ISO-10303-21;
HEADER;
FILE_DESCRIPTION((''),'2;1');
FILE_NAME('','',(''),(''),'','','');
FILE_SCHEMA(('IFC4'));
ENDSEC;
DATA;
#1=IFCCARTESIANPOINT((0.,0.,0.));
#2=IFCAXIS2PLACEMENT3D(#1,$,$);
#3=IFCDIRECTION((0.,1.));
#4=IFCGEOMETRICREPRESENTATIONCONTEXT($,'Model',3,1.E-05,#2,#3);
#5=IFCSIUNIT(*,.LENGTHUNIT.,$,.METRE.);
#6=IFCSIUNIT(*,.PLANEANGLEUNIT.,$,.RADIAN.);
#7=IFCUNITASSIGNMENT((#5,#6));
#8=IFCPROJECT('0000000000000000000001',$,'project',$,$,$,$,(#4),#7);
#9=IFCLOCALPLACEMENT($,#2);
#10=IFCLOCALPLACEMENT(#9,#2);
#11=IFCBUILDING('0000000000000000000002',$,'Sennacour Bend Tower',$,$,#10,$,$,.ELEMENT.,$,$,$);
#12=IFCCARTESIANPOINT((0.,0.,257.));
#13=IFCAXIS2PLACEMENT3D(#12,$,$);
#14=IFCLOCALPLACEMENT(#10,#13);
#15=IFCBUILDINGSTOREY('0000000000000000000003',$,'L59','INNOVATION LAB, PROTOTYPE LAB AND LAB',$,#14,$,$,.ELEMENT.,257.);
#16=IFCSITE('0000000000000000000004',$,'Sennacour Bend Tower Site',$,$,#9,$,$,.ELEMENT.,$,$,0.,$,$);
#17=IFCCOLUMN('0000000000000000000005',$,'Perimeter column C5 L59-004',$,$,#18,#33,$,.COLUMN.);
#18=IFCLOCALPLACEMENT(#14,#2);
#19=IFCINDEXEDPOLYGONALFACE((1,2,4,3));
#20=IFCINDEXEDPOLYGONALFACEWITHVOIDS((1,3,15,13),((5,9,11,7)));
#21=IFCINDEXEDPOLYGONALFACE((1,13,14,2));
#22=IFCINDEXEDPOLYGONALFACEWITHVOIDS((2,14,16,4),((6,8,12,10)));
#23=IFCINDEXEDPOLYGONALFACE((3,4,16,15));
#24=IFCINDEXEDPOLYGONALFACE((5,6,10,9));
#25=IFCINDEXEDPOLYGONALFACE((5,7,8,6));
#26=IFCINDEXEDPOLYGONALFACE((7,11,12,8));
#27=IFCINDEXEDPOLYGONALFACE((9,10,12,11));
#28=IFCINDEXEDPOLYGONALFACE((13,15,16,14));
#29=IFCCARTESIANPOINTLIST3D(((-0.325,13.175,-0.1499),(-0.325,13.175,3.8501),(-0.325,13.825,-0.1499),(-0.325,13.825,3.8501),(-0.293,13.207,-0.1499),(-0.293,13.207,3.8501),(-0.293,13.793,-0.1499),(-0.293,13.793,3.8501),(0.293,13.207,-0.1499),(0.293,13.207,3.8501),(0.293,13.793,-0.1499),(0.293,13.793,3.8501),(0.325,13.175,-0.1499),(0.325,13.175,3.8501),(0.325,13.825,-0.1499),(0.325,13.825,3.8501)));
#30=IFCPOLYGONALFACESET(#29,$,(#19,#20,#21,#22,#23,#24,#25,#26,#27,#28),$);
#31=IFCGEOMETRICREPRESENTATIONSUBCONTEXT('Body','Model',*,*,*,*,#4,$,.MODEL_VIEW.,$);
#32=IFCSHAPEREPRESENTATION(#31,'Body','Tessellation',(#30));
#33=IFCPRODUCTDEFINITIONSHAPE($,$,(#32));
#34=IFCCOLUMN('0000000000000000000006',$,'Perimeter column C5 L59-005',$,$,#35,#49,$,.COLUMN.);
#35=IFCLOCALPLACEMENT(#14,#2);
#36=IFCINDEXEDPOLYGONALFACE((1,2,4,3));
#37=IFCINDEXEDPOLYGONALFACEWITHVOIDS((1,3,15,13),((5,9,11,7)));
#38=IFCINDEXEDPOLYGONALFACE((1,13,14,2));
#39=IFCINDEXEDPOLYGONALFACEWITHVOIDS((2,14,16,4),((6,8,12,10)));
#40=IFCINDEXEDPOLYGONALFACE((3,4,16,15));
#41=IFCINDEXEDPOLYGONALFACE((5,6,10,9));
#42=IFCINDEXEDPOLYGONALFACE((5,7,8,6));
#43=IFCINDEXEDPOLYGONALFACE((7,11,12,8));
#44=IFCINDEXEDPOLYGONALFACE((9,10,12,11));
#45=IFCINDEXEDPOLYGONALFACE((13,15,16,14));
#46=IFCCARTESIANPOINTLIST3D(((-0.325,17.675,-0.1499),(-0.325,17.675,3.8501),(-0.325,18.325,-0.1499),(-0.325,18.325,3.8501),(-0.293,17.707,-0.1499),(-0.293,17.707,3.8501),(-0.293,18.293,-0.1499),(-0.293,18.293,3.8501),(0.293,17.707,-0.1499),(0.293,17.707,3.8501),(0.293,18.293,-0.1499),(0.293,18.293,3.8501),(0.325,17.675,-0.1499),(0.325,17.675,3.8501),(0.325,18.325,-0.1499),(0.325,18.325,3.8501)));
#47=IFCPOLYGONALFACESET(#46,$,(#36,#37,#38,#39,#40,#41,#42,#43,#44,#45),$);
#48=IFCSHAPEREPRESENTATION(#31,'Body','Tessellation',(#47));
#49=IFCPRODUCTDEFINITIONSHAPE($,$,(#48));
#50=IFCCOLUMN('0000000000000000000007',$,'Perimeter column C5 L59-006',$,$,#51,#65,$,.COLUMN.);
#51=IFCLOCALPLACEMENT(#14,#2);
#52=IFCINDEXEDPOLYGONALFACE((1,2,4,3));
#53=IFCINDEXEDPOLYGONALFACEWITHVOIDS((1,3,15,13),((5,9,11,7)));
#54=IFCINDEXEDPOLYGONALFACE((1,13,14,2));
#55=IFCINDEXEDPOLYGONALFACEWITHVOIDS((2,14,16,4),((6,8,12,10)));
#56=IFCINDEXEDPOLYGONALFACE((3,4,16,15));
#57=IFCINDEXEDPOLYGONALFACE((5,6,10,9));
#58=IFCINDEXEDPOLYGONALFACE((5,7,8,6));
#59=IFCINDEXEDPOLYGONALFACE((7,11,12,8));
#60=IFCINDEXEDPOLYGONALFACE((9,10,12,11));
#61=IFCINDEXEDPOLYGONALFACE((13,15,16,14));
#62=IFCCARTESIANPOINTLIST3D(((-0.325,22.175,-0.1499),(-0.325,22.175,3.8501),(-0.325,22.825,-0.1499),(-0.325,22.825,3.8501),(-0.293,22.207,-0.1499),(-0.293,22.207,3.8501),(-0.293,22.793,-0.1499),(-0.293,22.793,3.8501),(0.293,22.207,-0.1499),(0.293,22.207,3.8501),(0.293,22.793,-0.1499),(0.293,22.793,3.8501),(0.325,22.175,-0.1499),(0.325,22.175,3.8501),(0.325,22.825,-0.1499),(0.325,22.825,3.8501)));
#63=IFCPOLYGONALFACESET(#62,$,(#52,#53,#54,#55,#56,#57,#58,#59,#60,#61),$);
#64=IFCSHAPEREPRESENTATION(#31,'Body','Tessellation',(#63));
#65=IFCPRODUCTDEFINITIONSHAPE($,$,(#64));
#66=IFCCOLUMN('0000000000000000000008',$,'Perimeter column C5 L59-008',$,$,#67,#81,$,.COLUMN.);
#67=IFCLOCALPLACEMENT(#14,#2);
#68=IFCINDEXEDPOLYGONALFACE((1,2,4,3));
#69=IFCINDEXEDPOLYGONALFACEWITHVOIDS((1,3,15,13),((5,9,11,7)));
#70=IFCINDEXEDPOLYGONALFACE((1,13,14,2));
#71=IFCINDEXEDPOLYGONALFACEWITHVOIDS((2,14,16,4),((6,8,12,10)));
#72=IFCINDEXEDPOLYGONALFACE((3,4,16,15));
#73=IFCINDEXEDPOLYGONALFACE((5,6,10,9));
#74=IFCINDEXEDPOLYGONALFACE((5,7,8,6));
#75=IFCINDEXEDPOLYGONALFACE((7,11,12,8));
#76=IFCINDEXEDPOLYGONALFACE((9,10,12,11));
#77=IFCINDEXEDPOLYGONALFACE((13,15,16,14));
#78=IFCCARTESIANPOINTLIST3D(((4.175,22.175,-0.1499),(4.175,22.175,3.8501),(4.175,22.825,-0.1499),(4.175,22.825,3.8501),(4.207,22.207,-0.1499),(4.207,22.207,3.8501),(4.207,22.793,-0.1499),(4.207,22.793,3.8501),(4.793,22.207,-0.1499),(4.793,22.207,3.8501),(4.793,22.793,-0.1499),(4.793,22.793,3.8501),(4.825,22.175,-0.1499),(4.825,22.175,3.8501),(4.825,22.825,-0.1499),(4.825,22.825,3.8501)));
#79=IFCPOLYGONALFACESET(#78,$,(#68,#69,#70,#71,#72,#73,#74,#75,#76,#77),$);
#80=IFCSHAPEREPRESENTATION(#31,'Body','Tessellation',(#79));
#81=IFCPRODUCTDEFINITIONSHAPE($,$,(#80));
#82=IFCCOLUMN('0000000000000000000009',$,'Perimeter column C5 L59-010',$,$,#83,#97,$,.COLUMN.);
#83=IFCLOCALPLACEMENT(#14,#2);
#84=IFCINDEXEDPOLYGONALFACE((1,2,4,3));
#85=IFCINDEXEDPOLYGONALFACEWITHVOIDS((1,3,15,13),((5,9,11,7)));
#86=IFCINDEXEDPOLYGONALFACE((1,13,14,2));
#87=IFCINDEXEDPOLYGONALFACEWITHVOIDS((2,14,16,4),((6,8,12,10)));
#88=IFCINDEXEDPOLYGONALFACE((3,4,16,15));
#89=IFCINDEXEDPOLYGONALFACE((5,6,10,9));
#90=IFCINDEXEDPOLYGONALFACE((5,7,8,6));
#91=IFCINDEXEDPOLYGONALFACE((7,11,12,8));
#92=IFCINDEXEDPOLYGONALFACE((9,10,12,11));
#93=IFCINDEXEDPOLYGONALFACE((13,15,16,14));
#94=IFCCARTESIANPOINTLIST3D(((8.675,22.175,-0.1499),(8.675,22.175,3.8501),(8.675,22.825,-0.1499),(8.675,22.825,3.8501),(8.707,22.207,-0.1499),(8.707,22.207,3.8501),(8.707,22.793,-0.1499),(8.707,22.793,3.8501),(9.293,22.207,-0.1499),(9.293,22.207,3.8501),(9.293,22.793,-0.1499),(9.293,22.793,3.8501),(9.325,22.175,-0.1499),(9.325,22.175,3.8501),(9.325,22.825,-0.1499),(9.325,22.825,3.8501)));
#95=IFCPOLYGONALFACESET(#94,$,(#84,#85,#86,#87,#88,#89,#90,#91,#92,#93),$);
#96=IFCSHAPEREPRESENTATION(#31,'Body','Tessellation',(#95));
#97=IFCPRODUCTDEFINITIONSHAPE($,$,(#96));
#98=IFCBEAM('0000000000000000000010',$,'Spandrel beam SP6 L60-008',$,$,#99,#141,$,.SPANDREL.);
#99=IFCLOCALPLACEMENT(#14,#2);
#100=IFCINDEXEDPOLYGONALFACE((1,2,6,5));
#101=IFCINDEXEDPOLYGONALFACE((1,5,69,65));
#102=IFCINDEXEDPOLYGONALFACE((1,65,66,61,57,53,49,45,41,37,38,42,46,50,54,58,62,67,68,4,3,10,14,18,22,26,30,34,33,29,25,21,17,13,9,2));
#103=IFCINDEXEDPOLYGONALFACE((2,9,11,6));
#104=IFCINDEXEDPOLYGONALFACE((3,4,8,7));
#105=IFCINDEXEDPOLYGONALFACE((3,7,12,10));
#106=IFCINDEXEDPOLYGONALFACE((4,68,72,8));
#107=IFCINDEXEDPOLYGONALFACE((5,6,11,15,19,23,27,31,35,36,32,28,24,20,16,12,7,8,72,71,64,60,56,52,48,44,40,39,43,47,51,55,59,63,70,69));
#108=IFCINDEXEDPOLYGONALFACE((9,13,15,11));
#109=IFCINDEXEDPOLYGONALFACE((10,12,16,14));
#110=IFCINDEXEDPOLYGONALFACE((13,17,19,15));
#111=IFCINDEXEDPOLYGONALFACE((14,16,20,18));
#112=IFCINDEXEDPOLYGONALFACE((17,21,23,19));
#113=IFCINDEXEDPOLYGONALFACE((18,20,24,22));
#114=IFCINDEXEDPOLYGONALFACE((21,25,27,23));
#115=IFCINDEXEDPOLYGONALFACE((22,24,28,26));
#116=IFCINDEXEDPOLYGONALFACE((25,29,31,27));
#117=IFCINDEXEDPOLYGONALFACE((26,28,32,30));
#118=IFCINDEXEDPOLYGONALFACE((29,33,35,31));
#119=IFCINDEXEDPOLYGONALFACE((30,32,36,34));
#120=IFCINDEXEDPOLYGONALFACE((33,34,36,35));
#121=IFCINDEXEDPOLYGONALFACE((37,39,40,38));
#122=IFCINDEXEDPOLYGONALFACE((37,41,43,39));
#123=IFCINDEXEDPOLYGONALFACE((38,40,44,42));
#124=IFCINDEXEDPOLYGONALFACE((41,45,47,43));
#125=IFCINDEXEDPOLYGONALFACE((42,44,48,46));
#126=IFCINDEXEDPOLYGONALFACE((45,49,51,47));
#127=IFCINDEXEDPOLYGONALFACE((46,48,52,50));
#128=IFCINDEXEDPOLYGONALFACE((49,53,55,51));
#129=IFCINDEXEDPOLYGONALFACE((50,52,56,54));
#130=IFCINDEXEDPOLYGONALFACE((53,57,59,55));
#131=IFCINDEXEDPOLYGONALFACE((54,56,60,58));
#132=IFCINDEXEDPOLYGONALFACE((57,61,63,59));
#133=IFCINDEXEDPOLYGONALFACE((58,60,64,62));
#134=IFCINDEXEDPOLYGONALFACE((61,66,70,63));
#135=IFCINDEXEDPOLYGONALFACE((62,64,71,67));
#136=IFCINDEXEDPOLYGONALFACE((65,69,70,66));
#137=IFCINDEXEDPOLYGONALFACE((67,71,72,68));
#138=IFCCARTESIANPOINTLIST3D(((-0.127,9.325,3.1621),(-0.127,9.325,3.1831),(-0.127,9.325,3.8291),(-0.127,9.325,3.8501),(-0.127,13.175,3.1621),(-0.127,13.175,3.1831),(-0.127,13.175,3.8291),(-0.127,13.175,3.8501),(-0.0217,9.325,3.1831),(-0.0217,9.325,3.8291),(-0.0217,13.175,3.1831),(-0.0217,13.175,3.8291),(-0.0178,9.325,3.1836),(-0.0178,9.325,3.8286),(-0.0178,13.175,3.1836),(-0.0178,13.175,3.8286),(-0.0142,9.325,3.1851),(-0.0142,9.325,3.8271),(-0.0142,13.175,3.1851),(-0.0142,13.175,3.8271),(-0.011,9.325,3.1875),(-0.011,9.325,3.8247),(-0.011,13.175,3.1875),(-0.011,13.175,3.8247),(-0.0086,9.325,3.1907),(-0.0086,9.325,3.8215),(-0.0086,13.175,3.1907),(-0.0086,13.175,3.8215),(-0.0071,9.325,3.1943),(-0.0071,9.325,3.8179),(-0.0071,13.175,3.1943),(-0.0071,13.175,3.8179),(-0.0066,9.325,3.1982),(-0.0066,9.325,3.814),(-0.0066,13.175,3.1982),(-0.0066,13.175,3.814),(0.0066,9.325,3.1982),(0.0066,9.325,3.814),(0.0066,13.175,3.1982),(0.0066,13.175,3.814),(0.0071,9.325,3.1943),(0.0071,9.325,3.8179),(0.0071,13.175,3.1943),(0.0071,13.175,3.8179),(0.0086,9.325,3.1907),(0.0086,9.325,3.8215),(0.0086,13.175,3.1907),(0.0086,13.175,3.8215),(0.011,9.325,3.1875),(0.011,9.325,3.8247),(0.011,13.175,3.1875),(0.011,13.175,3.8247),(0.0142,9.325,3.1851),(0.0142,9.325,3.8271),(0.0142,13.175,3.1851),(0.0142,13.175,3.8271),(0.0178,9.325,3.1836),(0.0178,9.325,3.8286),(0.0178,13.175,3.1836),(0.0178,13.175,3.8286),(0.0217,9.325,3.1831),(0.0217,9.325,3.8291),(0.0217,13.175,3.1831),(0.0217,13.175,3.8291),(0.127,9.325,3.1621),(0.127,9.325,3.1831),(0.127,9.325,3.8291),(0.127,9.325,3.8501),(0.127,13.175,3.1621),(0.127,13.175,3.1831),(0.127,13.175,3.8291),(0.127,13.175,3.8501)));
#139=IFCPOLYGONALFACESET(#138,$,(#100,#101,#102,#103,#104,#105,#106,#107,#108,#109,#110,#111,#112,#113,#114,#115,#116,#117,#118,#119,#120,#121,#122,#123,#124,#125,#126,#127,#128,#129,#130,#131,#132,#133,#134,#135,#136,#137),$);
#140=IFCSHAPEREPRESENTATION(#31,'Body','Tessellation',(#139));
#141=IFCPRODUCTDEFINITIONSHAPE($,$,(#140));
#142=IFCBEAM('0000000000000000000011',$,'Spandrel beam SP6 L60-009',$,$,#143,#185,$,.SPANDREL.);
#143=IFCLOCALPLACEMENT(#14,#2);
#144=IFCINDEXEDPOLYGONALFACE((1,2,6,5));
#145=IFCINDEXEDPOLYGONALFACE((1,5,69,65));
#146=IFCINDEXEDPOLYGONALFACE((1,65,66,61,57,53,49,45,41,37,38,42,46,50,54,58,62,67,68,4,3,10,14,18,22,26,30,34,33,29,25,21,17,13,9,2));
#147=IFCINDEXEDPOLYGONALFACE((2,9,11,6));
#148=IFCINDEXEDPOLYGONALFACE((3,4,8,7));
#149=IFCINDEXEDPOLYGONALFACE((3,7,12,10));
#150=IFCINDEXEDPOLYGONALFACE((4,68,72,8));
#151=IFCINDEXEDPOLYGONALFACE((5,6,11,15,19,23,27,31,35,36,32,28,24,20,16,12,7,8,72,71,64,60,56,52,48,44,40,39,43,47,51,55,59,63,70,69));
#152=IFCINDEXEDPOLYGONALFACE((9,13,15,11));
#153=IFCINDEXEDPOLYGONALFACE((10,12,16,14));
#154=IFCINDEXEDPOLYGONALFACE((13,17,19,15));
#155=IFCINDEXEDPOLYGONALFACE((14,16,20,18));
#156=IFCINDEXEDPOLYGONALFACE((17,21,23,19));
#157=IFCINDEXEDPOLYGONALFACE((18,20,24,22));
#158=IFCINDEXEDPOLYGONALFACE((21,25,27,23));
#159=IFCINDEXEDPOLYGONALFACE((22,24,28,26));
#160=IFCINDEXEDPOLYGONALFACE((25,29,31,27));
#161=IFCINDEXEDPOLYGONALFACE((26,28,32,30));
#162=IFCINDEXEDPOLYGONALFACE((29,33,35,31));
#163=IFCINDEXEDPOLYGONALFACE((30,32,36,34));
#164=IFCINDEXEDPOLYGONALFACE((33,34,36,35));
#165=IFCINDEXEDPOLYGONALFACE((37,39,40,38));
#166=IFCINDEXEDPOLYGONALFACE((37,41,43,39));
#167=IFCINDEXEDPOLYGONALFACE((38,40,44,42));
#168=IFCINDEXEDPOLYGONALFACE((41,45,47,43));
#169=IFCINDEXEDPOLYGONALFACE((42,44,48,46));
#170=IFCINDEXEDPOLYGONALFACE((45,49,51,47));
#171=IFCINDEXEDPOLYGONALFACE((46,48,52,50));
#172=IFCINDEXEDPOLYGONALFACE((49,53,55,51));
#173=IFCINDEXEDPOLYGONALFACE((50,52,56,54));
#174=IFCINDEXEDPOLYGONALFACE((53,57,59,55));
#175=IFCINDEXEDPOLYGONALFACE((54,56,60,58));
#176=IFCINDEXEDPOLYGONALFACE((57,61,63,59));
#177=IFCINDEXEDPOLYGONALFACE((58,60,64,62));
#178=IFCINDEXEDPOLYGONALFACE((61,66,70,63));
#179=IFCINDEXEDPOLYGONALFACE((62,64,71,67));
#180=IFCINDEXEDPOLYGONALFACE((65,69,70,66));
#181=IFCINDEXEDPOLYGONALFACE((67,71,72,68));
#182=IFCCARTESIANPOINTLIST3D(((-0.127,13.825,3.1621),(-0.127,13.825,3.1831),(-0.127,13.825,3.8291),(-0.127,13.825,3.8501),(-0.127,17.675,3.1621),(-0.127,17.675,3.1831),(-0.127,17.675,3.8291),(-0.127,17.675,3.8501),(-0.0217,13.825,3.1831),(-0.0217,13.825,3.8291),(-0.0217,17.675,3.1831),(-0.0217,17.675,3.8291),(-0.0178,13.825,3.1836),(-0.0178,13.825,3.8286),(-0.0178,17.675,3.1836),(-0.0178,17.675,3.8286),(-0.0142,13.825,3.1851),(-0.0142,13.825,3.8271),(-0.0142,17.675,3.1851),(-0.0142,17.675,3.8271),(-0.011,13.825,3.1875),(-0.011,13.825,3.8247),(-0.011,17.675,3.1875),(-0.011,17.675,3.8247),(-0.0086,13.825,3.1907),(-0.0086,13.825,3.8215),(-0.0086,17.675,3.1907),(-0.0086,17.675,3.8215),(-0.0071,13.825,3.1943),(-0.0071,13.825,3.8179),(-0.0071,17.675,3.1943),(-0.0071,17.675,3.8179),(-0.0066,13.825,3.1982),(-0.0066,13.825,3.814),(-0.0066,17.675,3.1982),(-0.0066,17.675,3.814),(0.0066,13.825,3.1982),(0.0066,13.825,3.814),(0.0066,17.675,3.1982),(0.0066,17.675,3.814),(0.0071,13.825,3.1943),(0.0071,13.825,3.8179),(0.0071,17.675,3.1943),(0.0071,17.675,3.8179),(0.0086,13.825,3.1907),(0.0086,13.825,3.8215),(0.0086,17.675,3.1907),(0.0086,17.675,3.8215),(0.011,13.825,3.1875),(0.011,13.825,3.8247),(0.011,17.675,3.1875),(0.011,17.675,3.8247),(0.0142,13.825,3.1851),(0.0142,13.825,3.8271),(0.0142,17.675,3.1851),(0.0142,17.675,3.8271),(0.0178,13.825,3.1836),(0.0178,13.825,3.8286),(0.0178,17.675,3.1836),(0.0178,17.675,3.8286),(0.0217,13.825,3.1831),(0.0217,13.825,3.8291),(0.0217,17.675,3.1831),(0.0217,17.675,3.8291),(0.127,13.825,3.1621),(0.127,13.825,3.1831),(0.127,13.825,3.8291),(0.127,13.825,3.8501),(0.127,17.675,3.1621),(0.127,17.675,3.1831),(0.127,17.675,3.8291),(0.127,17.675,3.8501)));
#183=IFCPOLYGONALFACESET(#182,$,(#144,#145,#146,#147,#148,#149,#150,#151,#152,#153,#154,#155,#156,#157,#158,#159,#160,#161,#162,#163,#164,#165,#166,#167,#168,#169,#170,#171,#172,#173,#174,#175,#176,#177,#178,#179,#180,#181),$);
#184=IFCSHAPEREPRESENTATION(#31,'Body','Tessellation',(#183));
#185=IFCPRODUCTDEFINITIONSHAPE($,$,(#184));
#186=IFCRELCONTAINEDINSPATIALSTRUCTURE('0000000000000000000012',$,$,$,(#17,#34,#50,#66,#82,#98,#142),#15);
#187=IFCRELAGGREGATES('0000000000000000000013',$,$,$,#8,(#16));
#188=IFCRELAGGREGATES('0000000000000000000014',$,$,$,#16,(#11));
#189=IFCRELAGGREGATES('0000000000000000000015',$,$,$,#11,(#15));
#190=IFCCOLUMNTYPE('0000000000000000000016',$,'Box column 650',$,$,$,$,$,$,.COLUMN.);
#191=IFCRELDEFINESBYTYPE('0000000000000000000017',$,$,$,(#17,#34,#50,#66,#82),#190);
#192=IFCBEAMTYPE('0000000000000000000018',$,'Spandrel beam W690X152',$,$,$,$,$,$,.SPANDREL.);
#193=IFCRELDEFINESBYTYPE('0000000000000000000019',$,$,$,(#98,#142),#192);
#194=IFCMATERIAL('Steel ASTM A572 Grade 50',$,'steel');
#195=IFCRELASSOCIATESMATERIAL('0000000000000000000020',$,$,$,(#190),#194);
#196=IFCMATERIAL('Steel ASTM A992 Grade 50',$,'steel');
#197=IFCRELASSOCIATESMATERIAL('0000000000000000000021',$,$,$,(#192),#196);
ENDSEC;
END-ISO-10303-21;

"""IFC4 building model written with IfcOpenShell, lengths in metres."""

from ifc_helpers import new_model, si_unit, direction, frame, origin, origin_2d, place, context, subcontext, project, spatial, hollow_rectangle, i_section, extrude, material, material_profile, profile_set, type_object, element, save


model = new_model("IFC4")

# Units and contexts
model_context = context("Model", 3, precision=1e-05, world=origin(), true_north=direction((0.0, 1.0)))
body_context = subcontext(model_context, "Body", "Model", "MODEL_VIEW")
ifc_project = project(units=[si_unit("LENGTHUNIT", "METRE"), si_unit("PLANEANGLEUNIT", "RADIAN")], contexts=[model_context])

# Site, building, storey
site_placement = place(None, origin())
site = spatial("IfcSite", under=ifc_project, at=site_placement, Name="Sennacour Bend Tower Site", CompositionType="ELEMENT", RefElevation=0.0)
building_placement = place(site_placement, origin())
building = spatial("IfcBuilding", under=site, at=building_placement, Name="Sennacour Bend Tower", CompositionType="ELEMENT")
storey_placement = place(building_placement, frame((0.0, 0.0, 257.0)))
storey = spatial("IfcBuildingStorey", under=building, at=storey_placement, Name="L59", Description="INNOVATION LAB, PROTOTYPE LAB AND LAB", CompositionType="ELEMENT", Elevation=257.0)

# Columns
ifc_material_1 = material(Name="Steel ASTM A572 Grade 50", Category="steel")
ifc_material_profile_1 = material_profile(ifc_material_1, hollow_rectangle(XDim=0.6499, YDim=0.6499, WallThickness=0.032, at=origin_2d()), Name="Steel ASTM A572 Grade 50", Category="steel")
ifc_profile_set_1 = profile_set([ifc_material_profile_1], Name="Steel ASTM A572 Grade 50")
column_type = type_object("IfcColumnType", Name="Box column 650", PredefinedType="COLUMN", material=ifc_profile_set_1)
for number, where, z_axis, x_axis, name in (
    (1, (0.0, 13.5, -0.1499), (0.0, 0.0, 1.0), (1.0, 0.0, 0.0), "Perimeter column C5 L59-004"),
    (2, (0.0, 18.0, -0.1499), (0.0, 0.0, 1.0), (1.0, 0.0, 0.0), "Perimeter column C5 L59-005"),
    (3, (0.0, 22.5, -0.1499), (0.0, 0.0, 1.0), (1.0, 0.0, 0.0), "Perimeter column C5 L59-006"),
    (4, (4.5, 22.5, -0.1499), (0.0, 0.0, 1.0), (1.0, 0.0, 0.0), "Perimeter column C5 L59-008"),
    (5, (9.0, 22.5, -0.1499), (0.0, 0.0, 1.0), (1.0, 0.0, 0.0), "Perimeter column C5 L59-010"),
):
    element("IfcColumn", number, at=place(storey_placement, frame(where, z_axis=z_axis, x_axis=x_axis)), inside=storey, type_object=column_type, Name=name, PredefinedType="COLUMN", context=body_context, shape_type="SweptSolid", body=[
        extrude(hollow_rectangle(XDim=0.6499, YDim=0.6499, WallThickness=0.032, at=origin_2d()), origin(), (0.0, 0.0, 1.0), 4.0),
    ])

# Beams
ifc_material_2 = material(Name="Steel ASTM A992 Grade 50", Category="steel")
ifc_material_profile_2 = material_profile(ifc_material_2, i_section(OverallWidth=0.2539, OverallDepth=0.688, WebThickness=0.0132, FlangeThickness=0.021, FilletRadius=0.0151, at=origin_2d()), Name="Steel ASTM A992 Grade 50", Category="steel")
ifc_profile_set_2 = profile_set([ifc_material_profile_2], Name="Steel ASTM A992 Grade 50")
beam_type = type_object("IfcBeamType", Name="Spandrel beam W690X152", PredefinedType="SPANDREL", material=ifc_profile_set_2)
for number, where, z_axis, x_axis, name in (
    (6, (0.0, 9.325, 3.5061), (0.0, 1.0, 0.0), (-1.0, 0.0, 0.0), "Spandrel beam SP6 L60-008"),
    (7, (0.0, 13.825, 3.5061), (0.0, 1.0, 0.0), (-1.0, 0.0, 0.0), "Spandrel beam SP6 L60-009"),
):
    element("IfcBeam", number, at=place(storey_placement, frame(where, z_axis=z_axis, x_axis=x_axis)), inside=storey, type_object=beam_type, Name=name, PredefinedType="SPANDREL", context=body_context, shape_type="SweptSolid", body=[
        extrude(i_section(OverallWidth=0.2539, OverallDepth=0.688, WebThickness=0.0132, FlangeThickness=0.021, FilletRadius=0.0151, at=origin_2d()), origin(), (0.0, 0.0, 1.0), 3.8501),
    ])

save(model, "model.ifc")
